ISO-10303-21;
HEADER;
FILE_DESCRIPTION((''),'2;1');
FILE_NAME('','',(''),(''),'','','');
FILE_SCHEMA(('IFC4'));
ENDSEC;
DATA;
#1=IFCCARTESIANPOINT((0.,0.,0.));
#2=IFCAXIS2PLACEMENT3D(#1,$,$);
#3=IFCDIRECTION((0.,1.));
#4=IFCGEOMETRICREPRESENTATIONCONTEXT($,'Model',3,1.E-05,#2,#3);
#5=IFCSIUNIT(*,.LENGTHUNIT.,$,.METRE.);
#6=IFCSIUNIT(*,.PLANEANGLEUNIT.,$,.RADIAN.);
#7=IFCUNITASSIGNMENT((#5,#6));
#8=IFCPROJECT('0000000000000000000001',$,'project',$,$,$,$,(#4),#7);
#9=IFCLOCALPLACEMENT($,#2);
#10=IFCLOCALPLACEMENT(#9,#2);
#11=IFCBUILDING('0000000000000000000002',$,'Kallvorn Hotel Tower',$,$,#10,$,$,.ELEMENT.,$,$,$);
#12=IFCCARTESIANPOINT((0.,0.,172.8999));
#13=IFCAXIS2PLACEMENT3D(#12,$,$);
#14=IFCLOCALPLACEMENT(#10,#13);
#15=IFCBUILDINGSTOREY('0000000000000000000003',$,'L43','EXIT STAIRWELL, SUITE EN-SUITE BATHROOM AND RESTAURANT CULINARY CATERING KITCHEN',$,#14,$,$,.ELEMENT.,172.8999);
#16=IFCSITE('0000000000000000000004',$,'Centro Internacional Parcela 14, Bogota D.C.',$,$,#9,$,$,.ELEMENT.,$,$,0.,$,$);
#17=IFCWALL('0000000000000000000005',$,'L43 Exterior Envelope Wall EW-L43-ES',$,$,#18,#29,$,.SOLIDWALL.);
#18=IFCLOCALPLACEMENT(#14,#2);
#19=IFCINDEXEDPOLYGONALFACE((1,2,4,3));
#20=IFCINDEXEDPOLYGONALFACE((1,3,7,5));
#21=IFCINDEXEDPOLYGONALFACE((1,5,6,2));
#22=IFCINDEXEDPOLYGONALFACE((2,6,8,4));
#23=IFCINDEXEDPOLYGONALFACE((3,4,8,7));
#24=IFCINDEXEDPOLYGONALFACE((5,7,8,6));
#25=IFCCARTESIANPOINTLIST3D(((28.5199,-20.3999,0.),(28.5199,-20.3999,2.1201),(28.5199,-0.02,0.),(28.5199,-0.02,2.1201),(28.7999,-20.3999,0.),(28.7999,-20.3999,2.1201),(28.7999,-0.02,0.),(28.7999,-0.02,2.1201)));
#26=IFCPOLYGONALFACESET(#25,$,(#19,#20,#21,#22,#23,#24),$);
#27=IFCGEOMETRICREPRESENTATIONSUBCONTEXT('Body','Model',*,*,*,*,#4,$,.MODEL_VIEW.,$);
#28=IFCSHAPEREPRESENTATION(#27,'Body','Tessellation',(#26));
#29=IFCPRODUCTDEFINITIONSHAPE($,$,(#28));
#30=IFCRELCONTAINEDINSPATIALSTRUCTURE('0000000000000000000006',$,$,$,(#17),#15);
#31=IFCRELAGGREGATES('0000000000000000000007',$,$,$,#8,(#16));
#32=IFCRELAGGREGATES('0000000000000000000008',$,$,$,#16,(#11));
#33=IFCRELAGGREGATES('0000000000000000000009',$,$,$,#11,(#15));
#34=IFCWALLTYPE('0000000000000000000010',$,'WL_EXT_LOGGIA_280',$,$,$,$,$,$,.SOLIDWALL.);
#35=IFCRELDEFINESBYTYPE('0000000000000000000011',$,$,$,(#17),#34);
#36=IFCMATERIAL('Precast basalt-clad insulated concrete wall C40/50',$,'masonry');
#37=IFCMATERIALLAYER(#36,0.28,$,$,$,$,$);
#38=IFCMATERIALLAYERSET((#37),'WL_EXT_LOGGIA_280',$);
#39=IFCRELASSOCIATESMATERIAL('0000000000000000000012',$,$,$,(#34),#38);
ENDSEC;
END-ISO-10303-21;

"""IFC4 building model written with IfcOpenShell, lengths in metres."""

from ifc_helpers import new_model, si_unit, direction, frame, frame_2d, origin, place, context, subcontext, project, spatial, rectangle, extrude, material, layer, layer_set, type_object, element, save


model = new_model("IFC4")

# Units and contexts
model_context = context("Model", 3, precision=1e-05, world=origin(), true_north=direction((0.0, 1.0)))
body_context = subcontext(model_context, "Body", "Model", "MODEL_VIEW")
ifc_project = project(units=[si_unit("LENGTHUNIT", "METRE"), si_unit("PLANEANGLEUNIT", "RADIAN")], contexts=[model_context])

# Site, building, storey
site_placement = place(None, origin())
site = spatial("IfcSite", under=ifc_project, at=site_placement, Name="Centro Internacional Parcela 14, Bogota D.C.", CompositionType="ELEMENT", RefElevation=0.0)
building_placement = place(site_placement, origin())
building = spatial("IfcBuilding", under=site, at=building_placement, Name="Kallvorn Hotel Tower", CompositionType="ELEMENT")
storey_placement = place(building_placement, frame((0.0, 0.0, 172.8999)))
storey = spatial("IfcBuildingStorey", under=building, at=storey_placement, Name="L43", Description="EXIT STAIRWELL, SUITE EN-SUITE BATHROOM AND RESTAURANT CULINARY CATERING KITCHEN", CompositionType="ELEMENT", Elevation=172.8999)

# Wall
ifc_material_1 = material(Name="Precast basalt-clad insulated concrete wall C40/50", Category="masonry")
ifc_layer_1 = layer(ifc_material_1, 0.28)
ifc_layer_set_1 = layer_set([ifc_layer_1], Name="WL_EXT_LOGGIA_280")
wall_type_1 = type_object("IfcWallType", Name="WL_EXT_LOGGIA_280", PredefinedType="SOLIDWALL", material=ifc_layer_set_1)
wall_1_placement = place(storey_placement, frame((28.6599, -20.3999, 0.0), z_axis=(0.0, 0.0, 1.0), x_axis=(0.0, 1.0, 0.0)))
element("IfcWall", 1, at=wall_1_placement, inside=storey, type_object=wall_type_1, Name="L43 Exterior Envelope Wall EW-L43-ES", PredefinedType="SOLIDWALL", context=body_context, shape_type="SweptSolid", body=[
    extrude(rectangle(XDim=20.3799, YDim=0.28, at=frame_2d((10.1899, 0.0))), origin(), (0.0, 0.0, 1.0), 2.1201),
])

save(model, "model.ifc")
